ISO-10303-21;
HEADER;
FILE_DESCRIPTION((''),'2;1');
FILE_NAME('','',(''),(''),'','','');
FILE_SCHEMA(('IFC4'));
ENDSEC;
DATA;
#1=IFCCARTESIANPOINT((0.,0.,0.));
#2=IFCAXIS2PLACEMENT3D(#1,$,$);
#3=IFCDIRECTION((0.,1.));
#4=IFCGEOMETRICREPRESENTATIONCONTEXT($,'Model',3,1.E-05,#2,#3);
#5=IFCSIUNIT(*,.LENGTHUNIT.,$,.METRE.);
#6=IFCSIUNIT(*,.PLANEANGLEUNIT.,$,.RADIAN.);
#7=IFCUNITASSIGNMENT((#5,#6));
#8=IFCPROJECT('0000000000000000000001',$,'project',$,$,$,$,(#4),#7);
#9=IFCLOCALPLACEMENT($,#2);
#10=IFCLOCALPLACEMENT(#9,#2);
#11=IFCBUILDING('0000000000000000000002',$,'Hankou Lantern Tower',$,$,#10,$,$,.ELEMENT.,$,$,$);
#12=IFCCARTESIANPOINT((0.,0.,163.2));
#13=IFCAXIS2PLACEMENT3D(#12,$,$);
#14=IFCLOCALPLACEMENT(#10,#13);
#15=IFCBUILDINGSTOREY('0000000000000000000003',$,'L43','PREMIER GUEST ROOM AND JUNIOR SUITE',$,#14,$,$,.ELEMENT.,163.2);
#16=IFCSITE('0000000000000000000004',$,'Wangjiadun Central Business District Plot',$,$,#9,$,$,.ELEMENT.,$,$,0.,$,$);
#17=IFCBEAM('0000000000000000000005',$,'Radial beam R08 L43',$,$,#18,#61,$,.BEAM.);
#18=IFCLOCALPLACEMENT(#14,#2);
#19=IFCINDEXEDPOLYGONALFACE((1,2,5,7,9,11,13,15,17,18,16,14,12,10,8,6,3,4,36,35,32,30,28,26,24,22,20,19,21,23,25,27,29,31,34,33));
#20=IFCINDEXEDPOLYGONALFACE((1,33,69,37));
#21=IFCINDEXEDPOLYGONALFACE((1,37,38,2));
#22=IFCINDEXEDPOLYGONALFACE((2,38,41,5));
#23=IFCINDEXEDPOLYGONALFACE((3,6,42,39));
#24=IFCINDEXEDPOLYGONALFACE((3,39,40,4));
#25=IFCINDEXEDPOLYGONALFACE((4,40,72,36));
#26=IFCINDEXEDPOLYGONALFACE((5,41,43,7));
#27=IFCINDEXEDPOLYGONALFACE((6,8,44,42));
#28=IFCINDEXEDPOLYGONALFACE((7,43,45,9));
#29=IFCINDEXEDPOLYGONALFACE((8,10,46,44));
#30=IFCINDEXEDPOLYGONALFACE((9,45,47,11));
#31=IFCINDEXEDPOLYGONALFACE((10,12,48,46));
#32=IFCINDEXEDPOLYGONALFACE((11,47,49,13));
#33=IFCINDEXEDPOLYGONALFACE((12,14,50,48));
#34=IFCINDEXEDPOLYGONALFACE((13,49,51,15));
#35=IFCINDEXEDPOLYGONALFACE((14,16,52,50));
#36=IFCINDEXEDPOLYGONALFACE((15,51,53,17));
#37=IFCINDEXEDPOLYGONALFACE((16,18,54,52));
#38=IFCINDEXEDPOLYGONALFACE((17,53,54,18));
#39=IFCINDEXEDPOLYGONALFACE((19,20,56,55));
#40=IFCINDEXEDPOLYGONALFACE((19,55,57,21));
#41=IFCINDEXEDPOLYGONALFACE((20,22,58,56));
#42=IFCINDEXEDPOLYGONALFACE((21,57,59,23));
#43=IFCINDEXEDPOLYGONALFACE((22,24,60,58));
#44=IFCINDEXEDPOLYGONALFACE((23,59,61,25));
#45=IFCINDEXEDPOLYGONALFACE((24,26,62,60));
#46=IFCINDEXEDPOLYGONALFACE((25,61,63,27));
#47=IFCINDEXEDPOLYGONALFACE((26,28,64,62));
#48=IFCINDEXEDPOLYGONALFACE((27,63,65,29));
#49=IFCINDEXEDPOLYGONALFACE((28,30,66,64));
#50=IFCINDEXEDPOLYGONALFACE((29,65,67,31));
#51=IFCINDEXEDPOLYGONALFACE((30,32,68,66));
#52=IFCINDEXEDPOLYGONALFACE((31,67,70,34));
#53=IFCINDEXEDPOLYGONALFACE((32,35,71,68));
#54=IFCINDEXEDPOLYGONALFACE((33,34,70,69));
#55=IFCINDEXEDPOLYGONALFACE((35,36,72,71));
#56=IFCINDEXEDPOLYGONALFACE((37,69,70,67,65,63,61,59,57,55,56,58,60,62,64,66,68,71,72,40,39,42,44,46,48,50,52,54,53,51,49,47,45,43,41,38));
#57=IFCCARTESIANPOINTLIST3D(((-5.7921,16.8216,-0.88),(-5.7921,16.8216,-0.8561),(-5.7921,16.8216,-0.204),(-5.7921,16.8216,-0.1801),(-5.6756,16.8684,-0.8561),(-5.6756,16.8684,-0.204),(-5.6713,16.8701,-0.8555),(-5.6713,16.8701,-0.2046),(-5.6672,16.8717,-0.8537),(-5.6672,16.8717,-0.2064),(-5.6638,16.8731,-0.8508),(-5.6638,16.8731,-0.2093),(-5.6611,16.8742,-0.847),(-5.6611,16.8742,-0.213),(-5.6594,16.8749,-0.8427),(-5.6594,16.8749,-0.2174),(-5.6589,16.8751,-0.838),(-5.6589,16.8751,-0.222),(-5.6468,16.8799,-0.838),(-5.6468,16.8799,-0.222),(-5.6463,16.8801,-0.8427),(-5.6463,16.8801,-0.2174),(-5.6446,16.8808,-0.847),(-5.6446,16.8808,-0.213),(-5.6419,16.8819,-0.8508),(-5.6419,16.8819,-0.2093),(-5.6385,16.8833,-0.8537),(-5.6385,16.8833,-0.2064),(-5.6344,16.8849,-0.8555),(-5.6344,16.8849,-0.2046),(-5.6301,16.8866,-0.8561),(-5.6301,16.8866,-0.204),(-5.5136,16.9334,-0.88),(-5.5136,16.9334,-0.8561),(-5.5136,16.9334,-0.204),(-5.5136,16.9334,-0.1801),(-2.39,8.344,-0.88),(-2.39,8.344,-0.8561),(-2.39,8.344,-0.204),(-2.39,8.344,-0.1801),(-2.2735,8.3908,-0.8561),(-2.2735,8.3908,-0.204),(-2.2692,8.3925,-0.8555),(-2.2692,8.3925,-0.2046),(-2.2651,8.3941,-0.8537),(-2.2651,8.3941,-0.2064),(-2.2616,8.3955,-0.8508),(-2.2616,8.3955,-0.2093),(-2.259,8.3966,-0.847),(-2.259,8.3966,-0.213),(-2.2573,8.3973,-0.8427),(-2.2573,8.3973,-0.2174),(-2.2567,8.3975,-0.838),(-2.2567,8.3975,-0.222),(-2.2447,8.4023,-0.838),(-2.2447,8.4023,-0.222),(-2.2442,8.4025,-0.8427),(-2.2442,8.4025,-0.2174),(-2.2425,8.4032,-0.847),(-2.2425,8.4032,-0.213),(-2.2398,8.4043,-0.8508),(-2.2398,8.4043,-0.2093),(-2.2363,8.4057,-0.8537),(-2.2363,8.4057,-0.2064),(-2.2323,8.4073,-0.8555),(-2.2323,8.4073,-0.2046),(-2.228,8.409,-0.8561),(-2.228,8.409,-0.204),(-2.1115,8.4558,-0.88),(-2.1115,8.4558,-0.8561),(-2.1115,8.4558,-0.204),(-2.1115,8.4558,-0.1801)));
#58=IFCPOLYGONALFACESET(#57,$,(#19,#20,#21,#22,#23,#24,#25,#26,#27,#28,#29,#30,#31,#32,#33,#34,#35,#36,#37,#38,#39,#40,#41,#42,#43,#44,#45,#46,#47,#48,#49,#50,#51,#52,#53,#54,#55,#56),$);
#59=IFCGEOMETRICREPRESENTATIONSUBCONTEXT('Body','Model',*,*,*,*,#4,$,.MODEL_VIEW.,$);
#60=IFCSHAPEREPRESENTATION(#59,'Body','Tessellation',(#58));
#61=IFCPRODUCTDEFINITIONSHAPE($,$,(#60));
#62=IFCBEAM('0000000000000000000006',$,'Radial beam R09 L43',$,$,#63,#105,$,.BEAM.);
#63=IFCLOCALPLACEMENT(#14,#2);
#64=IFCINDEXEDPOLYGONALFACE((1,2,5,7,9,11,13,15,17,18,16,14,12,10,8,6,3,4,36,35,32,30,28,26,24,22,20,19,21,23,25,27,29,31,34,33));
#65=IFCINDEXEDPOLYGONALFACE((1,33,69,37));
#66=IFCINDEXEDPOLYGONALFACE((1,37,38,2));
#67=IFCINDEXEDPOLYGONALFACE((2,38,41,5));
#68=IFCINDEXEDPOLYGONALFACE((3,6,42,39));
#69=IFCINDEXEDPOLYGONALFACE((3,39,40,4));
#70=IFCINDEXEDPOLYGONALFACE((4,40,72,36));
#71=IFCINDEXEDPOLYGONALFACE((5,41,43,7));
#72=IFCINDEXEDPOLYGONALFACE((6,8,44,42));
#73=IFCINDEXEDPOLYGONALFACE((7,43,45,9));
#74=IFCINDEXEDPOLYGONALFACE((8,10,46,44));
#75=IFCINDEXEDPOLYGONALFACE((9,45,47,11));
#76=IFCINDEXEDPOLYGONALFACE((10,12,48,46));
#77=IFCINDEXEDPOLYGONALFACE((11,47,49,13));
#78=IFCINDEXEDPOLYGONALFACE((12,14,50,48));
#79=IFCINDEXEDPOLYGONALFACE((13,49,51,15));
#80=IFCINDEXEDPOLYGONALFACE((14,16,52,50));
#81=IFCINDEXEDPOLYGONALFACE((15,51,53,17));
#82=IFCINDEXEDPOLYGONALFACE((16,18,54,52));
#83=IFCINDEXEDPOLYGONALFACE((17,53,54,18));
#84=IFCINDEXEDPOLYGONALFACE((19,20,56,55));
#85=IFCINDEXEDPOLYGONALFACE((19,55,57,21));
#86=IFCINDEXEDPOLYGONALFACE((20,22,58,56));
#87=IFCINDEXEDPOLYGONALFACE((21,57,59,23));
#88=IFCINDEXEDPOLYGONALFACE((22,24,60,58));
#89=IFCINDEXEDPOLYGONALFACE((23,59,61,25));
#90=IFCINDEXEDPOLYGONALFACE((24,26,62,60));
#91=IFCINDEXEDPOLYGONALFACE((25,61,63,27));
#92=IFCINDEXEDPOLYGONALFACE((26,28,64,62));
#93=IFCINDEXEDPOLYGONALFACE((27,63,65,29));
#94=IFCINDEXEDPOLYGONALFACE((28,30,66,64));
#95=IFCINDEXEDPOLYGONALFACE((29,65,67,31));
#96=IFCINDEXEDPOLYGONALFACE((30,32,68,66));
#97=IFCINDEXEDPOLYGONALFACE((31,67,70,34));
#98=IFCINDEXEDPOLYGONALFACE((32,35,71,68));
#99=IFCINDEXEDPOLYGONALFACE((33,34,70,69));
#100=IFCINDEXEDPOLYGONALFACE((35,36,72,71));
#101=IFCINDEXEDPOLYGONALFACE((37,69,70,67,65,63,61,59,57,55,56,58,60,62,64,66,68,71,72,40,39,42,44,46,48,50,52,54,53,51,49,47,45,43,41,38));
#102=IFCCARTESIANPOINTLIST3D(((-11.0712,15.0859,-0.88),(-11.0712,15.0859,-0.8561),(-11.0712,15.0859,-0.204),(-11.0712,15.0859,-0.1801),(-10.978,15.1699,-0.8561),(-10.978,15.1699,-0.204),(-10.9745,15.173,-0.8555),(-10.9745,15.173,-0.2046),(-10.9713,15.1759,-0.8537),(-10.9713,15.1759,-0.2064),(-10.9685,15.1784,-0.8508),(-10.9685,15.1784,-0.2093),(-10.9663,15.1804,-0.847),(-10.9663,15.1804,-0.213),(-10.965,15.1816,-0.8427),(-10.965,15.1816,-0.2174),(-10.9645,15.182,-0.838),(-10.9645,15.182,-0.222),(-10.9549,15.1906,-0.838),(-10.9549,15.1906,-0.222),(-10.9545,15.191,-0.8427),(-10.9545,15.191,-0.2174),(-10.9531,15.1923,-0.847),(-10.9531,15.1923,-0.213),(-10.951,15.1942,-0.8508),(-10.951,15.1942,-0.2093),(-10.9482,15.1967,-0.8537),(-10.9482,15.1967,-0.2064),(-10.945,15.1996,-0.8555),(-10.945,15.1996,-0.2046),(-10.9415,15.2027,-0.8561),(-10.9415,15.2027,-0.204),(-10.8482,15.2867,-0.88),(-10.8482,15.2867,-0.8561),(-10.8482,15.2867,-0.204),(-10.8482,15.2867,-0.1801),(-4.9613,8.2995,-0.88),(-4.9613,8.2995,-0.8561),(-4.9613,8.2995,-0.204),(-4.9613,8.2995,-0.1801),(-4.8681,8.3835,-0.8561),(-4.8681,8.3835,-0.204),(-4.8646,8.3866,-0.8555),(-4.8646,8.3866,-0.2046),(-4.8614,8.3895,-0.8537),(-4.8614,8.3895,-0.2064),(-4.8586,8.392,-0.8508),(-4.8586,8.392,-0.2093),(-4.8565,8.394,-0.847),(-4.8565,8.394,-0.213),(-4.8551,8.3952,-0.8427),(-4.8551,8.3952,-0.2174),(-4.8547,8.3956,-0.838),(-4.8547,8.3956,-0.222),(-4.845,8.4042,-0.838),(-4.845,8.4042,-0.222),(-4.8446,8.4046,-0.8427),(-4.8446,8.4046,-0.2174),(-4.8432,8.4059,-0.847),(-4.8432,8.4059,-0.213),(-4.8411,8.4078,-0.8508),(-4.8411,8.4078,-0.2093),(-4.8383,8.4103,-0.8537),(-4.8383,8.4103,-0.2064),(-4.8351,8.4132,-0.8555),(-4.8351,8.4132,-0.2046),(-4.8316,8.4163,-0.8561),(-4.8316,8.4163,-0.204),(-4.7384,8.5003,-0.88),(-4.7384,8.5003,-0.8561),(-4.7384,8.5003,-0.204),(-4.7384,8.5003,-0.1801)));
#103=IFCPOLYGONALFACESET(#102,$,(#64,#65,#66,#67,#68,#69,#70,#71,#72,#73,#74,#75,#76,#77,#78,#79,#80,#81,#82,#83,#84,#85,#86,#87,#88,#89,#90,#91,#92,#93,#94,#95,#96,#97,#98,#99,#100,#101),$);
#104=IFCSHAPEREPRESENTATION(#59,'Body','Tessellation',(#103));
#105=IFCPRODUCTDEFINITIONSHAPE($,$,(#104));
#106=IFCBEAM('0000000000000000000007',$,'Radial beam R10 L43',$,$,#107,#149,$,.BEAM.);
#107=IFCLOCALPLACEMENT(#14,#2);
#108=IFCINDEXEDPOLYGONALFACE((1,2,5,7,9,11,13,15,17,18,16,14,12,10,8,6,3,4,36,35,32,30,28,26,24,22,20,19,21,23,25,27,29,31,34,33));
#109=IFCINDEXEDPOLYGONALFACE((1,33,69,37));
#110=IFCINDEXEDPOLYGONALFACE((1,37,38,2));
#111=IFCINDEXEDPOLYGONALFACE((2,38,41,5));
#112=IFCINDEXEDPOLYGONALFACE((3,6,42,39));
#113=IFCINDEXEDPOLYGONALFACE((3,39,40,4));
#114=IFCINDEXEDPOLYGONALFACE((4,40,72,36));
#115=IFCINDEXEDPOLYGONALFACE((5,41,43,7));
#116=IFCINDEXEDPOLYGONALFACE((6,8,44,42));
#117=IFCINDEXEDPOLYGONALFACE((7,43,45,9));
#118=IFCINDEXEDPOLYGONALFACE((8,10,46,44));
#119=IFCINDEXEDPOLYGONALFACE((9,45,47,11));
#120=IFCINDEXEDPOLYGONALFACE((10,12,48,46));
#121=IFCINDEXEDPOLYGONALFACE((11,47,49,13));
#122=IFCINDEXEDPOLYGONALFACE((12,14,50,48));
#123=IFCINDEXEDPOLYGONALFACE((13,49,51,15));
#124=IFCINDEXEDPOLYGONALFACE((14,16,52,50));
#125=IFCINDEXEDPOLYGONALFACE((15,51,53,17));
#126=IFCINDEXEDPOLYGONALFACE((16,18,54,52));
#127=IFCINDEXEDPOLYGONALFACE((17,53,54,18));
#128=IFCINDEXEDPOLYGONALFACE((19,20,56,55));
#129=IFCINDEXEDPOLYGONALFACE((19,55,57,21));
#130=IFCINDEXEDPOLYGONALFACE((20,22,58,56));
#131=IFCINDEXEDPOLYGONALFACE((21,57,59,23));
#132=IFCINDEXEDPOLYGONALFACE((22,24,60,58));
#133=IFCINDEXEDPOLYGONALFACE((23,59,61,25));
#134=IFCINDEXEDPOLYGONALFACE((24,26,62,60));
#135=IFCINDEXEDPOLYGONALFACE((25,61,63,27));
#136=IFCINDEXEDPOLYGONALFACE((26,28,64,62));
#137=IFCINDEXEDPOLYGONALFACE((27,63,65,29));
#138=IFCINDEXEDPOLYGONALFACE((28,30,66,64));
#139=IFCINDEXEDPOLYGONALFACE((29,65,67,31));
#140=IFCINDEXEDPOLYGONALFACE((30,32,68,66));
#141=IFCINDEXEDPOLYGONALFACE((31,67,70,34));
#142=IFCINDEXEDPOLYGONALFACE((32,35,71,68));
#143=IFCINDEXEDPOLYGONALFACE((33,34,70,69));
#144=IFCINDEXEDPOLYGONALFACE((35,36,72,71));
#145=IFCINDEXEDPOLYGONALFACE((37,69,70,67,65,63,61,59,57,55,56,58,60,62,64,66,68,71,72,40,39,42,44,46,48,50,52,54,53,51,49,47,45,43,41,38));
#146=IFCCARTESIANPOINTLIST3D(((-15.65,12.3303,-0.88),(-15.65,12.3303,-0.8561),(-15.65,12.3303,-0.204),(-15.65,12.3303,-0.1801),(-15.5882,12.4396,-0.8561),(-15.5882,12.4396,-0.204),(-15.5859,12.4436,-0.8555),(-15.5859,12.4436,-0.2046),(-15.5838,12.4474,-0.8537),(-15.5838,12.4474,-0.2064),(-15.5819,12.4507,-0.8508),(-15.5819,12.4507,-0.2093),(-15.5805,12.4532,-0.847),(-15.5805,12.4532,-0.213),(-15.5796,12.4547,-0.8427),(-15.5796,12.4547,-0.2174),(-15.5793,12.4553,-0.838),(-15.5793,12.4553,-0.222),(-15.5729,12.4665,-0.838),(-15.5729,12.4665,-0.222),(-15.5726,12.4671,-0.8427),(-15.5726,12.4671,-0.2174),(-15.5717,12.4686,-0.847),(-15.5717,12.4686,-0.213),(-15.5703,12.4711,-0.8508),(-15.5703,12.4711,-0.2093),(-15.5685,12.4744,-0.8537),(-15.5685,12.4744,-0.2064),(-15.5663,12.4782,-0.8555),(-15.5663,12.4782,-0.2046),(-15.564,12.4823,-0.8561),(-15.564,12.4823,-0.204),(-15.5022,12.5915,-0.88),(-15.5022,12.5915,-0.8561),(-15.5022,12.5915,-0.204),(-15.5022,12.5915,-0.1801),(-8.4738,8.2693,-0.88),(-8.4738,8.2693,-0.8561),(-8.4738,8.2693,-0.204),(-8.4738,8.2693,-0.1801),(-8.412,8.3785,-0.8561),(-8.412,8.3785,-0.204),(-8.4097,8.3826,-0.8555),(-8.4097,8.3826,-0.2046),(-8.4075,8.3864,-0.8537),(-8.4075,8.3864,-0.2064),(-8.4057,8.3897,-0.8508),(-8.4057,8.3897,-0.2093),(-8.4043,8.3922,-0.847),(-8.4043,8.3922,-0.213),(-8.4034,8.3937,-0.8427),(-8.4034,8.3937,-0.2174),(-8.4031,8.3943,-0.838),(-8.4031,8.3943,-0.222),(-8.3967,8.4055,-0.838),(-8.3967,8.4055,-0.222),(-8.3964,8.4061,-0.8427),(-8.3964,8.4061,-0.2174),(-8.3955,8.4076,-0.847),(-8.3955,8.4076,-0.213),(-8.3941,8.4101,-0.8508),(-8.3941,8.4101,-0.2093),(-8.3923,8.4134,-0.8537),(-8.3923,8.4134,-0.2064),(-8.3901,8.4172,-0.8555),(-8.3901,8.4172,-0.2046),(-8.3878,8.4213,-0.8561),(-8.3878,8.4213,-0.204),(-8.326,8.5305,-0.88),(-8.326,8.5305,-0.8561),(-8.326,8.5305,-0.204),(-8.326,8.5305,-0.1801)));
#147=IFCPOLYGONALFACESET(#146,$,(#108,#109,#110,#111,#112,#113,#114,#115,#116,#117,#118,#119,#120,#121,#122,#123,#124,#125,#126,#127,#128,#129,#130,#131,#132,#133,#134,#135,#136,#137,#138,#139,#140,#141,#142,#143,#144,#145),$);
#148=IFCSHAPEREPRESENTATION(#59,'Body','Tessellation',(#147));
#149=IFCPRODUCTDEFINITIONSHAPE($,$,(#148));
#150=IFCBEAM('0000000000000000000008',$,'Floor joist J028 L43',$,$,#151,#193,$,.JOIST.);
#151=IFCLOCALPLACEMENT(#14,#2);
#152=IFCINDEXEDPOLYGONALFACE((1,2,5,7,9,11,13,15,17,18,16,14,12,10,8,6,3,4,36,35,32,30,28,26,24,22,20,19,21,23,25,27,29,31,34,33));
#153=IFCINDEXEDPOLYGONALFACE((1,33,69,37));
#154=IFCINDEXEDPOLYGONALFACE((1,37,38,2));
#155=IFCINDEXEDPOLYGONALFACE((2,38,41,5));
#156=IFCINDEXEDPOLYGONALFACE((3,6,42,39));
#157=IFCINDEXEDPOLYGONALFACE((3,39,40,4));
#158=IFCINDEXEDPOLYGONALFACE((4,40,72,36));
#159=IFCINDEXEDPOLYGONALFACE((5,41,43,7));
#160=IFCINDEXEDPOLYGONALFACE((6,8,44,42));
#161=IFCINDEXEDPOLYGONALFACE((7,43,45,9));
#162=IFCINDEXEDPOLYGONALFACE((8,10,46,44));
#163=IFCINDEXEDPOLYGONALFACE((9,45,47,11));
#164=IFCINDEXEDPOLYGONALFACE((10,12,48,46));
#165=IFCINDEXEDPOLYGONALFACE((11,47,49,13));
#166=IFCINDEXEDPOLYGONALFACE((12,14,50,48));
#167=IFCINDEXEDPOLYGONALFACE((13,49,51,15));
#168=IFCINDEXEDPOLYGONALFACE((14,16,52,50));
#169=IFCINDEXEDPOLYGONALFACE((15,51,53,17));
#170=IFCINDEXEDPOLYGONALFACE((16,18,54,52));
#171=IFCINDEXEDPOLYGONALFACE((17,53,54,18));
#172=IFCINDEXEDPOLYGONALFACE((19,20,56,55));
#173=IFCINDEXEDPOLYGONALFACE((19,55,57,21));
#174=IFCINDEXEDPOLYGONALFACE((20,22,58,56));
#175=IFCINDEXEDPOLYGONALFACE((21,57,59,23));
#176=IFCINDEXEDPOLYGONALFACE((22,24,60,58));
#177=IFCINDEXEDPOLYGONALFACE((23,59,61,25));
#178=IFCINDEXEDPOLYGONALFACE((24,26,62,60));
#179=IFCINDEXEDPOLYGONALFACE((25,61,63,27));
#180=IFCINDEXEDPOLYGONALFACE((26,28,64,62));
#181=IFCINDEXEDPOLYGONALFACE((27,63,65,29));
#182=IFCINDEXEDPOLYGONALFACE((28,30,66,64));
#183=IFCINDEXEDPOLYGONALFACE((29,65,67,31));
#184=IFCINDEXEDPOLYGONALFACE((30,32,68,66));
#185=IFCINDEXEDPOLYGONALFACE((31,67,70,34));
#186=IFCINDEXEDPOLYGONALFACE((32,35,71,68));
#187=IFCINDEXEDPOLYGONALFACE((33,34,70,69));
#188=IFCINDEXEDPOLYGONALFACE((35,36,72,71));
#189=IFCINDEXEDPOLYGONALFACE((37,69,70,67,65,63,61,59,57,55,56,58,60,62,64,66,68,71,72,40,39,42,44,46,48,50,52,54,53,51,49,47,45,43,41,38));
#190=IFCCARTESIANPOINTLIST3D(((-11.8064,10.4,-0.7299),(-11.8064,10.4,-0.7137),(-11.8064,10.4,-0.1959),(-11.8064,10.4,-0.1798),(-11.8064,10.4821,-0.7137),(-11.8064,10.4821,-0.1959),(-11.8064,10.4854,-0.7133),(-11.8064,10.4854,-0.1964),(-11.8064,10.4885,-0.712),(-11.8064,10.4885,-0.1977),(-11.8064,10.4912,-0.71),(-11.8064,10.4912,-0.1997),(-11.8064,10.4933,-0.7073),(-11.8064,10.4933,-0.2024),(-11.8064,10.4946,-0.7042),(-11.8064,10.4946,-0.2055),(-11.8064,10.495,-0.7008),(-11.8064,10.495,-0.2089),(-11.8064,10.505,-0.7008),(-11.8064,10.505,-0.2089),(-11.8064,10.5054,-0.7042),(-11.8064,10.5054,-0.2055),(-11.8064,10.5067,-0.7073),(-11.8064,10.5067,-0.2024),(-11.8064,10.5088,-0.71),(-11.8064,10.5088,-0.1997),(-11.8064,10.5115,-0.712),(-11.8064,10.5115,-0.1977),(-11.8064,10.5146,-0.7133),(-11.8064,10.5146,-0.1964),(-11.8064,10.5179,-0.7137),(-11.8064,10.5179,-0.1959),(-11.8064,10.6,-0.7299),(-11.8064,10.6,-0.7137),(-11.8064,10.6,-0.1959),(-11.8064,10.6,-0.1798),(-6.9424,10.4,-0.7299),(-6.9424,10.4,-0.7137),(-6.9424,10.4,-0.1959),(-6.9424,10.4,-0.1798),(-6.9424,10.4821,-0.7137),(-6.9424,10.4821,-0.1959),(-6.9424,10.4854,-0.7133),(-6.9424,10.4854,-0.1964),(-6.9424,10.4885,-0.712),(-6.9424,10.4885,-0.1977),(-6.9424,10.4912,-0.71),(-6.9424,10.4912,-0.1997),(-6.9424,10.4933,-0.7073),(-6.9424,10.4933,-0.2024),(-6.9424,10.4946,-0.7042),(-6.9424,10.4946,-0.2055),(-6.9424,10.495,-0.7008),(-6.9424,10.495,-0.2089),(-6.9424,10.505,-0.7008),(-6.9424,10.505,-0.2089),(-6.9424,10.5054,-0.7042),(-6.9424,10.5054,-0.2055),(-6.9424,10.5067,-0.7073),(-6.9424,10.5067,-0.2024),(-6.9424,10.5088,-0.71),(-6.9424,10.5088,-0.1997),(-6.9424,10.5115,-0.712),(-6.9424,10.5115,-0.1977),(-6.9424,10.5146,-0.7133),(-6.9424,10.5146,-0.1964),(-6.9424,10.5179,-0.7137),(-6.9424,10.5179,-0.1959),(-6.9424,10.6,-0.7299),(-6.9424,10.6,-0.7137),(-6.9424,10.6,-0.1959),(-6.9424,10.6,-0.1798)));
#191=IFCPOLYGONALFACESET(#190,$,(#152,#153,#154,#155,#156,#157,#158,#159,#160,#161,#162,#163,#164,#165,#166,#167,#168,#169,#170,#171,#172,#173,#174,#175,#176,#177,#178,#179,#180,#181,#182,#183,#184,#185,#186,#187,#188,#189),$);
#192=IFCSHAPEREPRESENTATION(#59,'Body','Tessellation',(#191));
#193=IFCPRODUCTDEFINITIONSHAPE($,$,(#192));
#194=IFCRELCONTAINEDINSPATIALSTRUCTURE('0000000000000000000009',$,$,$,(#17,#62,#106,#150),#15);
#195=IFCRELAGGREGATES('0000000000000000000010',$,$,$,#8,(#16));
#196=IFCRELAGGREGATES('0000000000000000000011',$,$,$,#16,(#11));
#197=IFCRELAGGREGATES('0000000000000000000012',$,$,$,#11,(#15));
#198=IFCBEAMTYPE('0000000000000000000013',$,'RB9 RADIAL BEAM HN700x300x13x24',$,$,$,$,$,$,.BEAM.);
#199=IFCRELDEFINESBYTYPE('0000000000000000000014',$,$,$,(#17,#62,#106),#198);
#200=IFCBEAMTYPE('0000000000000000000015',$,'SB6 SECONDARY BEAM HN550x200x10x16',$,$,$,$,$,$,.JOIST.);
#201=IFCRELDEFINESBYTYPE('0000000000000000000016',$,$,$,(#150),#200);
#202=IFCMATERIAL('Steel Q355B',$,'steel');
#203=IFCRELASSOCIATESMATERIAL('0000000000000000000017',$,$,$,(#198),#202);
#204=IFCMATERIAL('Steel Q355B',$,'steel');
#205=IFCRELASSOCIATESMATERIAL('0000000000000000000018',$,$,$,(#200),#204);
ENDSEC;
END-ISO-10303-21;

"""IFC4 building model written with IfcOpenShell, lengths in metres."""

from ifc_helpers import new_model, si_unit, direction, frame, origin, origin_2d, place, context, subcontext, project, spatial, i_section, extrude, material, material_profile, profile_set, type_object, element, save


model = new_model("IFC4")

# Units and contexts
model_context = context("Model", 3, precision=1e-05, world=origin(), true_north=direction((0.0, 1.0)))
body_context = subcontext(model_context, "Body", "Model", "MODEL_VIEW")
ifc_project = project(units=[si_unit("LENGTHUNIT", "METRE"), si_unit("PLANEANGLEUNIT", "RADIAN")], contexts=[model_context])

# Site, building, storey
site_placement = place(None, origin())
site = spatial("IfcSite", under=ifc_project, at=site_placement, Name="Wangjiadun Central Business District Plot", CompositionType="ELEMENT", RefElevation=0.0)
building_placement = place(site_placement, origin())
building = spatial("IfcBuilding", under=site, at=building_placement, Name="Hankou Lantern Tower", CompositionType="ELEMENT")
storey_placement = place(building_placement, frame((0.0, 0.0, 163.2)))
storey = spatial("IfcBuildingStorey", under=building, at=storey_placement, Name="L43", Description="PREMIER GUEST ROOM AND JUNIOR SUITE", CompositionType="ELEMENT", Elevation=163.2)

# Beams
ifc_material_1 = material(Name="Steel Q355B", Category="steel")
ifc_material_profile_1 = material_profile(ifc_material_1, i_section(OverallWidth=0.3, OverallDepth=0.7, WebThickness=0.0129, FlangeThickness=0.0239, FilletRadius=0.0181, at=origin_2d()), Name="HN700x300x13x24")
ifc_profile_set_1 = profile_set([ifc_material_profile_1], Name="Steel Q355B")
beam_type_1 = type_object("IfcBeamType", Name="RB9 RADIAL BEAM HN700x300x13x24", PredefinedType="BEAM", material=ifc_profile_set_1)
beam_1_placement = place(storey_placement, frame((-2.2507, 8.3999, -0.53), z_axis=(-0.372436, 0.928058, 0.0), x_axis=(-0.928058, -0.372436, 0.0)))
element("IfcBeam", 1, at=beam_1_placement, inside=storey, type_object=beam_type_1, Name="Radial beam R08 L43", PredefinedType="BEAM", context=body_context, shape_type="SweptSolid", body=[
    extrude(i_section(OverallWidth=0.3, OverallDepth=0.7, WebThickness=0.0129, FlangeThickness=0.0239, FilletRadius=0.0181, at=origin_2d()), origin(), (0.0, 0.0, 1.0), 9.1348),
])
beam_2_placement = place(storey_placement, frame((-4.8499, 8.3999, -0.53), z_axis=(-0.669093, 0.743178, 0.0), x_axis=(-0.743178, -0.669093, 0.0)))
element("IfcBeam", 2, at=beam_2_placement, inside=storey, type_object=beam_type_1, Name="Radial beam R09 L43", PredefinedType="BEAM", context=body_context, shape_type="SweptSolid", body=[
    extrude(i_section(OverallWidth=0.3, OverallDepth=0.7, WebThickness=0.0129, FlangeThickness=0.0239, FilletRadius=0.0181, at=origin_2d()), origin(), (0.0, 0.0, 1.0), 9.1316),
])
beam_3_placement = place(storey_placement, frame((-8.3999, 8.3999, -0.53), z_axis=(-0.870309, 0.492506, 0.0), x_axis=(-0.492506, -0.870309, 0.0)))
element("IfcBeam", 3, at=beam_3_placement, inside=storey, type_object=beam_type_1, Name="Radial beam R10 L43", PredefinedType="BEAM", context=body_context, shape_type="SweptSolid", body=[
    extrude(i_section(OverallWidth=0.3, OverallDepth=0.7, WebThickness=0.0129, FlangeThickness=0.0239, FilletRadius=0.0181, at=origin_2d()), origin(), (0.0, 0.0, 1.0), 8.2456),
])
ifc_material_2 = material(Name="Steel Q355B", Category="steel")
ifc_material_profile_2 = material_profile(ifc_material_2, i_section(OverallWidth=0.2, OverallDepth=0.55, WebThickness=0.01, FlangeThickness=0.0161, FilletRadius=0.0129, at=origin_2d()), Name="HN550x200x10x16")
ifc_profile_set_2 = profile_set([ifc_material_profile_2], Name="Steel Q355B")
beam_type_2 = type_object("IfcBeamType", Name="SB6 SECONDARY BEAM HN550x200x10x16", PredefinedType="JOIST", material=ifc_profile_set_2)
beam_4_placement = place(storey_placement, frame((-11.8064, 10.5, -0.4548), z_axis=(1.0, 0.0, 0.0), x_axis=(0.0, 1.0, 0.0)))
element("IfcBeam", 4, at=beam_4_placement, inside=storey, type_object=beam_type_2, Name="Floor joist J028 L43", PredefinedType="JOIST", context=body_context, shape_type="SweptSolid", body=[
    extrude(i_section(OverallWidth=0.2, OverallDepth=0.55, WebThickness=0.01, FlangeThickness=0.0161, FilletRadius=0.0129, at=origin_2d()), origin(), (0.0, 0.0, 1.0), 4.864),
])

save(model, "model.ifc")
